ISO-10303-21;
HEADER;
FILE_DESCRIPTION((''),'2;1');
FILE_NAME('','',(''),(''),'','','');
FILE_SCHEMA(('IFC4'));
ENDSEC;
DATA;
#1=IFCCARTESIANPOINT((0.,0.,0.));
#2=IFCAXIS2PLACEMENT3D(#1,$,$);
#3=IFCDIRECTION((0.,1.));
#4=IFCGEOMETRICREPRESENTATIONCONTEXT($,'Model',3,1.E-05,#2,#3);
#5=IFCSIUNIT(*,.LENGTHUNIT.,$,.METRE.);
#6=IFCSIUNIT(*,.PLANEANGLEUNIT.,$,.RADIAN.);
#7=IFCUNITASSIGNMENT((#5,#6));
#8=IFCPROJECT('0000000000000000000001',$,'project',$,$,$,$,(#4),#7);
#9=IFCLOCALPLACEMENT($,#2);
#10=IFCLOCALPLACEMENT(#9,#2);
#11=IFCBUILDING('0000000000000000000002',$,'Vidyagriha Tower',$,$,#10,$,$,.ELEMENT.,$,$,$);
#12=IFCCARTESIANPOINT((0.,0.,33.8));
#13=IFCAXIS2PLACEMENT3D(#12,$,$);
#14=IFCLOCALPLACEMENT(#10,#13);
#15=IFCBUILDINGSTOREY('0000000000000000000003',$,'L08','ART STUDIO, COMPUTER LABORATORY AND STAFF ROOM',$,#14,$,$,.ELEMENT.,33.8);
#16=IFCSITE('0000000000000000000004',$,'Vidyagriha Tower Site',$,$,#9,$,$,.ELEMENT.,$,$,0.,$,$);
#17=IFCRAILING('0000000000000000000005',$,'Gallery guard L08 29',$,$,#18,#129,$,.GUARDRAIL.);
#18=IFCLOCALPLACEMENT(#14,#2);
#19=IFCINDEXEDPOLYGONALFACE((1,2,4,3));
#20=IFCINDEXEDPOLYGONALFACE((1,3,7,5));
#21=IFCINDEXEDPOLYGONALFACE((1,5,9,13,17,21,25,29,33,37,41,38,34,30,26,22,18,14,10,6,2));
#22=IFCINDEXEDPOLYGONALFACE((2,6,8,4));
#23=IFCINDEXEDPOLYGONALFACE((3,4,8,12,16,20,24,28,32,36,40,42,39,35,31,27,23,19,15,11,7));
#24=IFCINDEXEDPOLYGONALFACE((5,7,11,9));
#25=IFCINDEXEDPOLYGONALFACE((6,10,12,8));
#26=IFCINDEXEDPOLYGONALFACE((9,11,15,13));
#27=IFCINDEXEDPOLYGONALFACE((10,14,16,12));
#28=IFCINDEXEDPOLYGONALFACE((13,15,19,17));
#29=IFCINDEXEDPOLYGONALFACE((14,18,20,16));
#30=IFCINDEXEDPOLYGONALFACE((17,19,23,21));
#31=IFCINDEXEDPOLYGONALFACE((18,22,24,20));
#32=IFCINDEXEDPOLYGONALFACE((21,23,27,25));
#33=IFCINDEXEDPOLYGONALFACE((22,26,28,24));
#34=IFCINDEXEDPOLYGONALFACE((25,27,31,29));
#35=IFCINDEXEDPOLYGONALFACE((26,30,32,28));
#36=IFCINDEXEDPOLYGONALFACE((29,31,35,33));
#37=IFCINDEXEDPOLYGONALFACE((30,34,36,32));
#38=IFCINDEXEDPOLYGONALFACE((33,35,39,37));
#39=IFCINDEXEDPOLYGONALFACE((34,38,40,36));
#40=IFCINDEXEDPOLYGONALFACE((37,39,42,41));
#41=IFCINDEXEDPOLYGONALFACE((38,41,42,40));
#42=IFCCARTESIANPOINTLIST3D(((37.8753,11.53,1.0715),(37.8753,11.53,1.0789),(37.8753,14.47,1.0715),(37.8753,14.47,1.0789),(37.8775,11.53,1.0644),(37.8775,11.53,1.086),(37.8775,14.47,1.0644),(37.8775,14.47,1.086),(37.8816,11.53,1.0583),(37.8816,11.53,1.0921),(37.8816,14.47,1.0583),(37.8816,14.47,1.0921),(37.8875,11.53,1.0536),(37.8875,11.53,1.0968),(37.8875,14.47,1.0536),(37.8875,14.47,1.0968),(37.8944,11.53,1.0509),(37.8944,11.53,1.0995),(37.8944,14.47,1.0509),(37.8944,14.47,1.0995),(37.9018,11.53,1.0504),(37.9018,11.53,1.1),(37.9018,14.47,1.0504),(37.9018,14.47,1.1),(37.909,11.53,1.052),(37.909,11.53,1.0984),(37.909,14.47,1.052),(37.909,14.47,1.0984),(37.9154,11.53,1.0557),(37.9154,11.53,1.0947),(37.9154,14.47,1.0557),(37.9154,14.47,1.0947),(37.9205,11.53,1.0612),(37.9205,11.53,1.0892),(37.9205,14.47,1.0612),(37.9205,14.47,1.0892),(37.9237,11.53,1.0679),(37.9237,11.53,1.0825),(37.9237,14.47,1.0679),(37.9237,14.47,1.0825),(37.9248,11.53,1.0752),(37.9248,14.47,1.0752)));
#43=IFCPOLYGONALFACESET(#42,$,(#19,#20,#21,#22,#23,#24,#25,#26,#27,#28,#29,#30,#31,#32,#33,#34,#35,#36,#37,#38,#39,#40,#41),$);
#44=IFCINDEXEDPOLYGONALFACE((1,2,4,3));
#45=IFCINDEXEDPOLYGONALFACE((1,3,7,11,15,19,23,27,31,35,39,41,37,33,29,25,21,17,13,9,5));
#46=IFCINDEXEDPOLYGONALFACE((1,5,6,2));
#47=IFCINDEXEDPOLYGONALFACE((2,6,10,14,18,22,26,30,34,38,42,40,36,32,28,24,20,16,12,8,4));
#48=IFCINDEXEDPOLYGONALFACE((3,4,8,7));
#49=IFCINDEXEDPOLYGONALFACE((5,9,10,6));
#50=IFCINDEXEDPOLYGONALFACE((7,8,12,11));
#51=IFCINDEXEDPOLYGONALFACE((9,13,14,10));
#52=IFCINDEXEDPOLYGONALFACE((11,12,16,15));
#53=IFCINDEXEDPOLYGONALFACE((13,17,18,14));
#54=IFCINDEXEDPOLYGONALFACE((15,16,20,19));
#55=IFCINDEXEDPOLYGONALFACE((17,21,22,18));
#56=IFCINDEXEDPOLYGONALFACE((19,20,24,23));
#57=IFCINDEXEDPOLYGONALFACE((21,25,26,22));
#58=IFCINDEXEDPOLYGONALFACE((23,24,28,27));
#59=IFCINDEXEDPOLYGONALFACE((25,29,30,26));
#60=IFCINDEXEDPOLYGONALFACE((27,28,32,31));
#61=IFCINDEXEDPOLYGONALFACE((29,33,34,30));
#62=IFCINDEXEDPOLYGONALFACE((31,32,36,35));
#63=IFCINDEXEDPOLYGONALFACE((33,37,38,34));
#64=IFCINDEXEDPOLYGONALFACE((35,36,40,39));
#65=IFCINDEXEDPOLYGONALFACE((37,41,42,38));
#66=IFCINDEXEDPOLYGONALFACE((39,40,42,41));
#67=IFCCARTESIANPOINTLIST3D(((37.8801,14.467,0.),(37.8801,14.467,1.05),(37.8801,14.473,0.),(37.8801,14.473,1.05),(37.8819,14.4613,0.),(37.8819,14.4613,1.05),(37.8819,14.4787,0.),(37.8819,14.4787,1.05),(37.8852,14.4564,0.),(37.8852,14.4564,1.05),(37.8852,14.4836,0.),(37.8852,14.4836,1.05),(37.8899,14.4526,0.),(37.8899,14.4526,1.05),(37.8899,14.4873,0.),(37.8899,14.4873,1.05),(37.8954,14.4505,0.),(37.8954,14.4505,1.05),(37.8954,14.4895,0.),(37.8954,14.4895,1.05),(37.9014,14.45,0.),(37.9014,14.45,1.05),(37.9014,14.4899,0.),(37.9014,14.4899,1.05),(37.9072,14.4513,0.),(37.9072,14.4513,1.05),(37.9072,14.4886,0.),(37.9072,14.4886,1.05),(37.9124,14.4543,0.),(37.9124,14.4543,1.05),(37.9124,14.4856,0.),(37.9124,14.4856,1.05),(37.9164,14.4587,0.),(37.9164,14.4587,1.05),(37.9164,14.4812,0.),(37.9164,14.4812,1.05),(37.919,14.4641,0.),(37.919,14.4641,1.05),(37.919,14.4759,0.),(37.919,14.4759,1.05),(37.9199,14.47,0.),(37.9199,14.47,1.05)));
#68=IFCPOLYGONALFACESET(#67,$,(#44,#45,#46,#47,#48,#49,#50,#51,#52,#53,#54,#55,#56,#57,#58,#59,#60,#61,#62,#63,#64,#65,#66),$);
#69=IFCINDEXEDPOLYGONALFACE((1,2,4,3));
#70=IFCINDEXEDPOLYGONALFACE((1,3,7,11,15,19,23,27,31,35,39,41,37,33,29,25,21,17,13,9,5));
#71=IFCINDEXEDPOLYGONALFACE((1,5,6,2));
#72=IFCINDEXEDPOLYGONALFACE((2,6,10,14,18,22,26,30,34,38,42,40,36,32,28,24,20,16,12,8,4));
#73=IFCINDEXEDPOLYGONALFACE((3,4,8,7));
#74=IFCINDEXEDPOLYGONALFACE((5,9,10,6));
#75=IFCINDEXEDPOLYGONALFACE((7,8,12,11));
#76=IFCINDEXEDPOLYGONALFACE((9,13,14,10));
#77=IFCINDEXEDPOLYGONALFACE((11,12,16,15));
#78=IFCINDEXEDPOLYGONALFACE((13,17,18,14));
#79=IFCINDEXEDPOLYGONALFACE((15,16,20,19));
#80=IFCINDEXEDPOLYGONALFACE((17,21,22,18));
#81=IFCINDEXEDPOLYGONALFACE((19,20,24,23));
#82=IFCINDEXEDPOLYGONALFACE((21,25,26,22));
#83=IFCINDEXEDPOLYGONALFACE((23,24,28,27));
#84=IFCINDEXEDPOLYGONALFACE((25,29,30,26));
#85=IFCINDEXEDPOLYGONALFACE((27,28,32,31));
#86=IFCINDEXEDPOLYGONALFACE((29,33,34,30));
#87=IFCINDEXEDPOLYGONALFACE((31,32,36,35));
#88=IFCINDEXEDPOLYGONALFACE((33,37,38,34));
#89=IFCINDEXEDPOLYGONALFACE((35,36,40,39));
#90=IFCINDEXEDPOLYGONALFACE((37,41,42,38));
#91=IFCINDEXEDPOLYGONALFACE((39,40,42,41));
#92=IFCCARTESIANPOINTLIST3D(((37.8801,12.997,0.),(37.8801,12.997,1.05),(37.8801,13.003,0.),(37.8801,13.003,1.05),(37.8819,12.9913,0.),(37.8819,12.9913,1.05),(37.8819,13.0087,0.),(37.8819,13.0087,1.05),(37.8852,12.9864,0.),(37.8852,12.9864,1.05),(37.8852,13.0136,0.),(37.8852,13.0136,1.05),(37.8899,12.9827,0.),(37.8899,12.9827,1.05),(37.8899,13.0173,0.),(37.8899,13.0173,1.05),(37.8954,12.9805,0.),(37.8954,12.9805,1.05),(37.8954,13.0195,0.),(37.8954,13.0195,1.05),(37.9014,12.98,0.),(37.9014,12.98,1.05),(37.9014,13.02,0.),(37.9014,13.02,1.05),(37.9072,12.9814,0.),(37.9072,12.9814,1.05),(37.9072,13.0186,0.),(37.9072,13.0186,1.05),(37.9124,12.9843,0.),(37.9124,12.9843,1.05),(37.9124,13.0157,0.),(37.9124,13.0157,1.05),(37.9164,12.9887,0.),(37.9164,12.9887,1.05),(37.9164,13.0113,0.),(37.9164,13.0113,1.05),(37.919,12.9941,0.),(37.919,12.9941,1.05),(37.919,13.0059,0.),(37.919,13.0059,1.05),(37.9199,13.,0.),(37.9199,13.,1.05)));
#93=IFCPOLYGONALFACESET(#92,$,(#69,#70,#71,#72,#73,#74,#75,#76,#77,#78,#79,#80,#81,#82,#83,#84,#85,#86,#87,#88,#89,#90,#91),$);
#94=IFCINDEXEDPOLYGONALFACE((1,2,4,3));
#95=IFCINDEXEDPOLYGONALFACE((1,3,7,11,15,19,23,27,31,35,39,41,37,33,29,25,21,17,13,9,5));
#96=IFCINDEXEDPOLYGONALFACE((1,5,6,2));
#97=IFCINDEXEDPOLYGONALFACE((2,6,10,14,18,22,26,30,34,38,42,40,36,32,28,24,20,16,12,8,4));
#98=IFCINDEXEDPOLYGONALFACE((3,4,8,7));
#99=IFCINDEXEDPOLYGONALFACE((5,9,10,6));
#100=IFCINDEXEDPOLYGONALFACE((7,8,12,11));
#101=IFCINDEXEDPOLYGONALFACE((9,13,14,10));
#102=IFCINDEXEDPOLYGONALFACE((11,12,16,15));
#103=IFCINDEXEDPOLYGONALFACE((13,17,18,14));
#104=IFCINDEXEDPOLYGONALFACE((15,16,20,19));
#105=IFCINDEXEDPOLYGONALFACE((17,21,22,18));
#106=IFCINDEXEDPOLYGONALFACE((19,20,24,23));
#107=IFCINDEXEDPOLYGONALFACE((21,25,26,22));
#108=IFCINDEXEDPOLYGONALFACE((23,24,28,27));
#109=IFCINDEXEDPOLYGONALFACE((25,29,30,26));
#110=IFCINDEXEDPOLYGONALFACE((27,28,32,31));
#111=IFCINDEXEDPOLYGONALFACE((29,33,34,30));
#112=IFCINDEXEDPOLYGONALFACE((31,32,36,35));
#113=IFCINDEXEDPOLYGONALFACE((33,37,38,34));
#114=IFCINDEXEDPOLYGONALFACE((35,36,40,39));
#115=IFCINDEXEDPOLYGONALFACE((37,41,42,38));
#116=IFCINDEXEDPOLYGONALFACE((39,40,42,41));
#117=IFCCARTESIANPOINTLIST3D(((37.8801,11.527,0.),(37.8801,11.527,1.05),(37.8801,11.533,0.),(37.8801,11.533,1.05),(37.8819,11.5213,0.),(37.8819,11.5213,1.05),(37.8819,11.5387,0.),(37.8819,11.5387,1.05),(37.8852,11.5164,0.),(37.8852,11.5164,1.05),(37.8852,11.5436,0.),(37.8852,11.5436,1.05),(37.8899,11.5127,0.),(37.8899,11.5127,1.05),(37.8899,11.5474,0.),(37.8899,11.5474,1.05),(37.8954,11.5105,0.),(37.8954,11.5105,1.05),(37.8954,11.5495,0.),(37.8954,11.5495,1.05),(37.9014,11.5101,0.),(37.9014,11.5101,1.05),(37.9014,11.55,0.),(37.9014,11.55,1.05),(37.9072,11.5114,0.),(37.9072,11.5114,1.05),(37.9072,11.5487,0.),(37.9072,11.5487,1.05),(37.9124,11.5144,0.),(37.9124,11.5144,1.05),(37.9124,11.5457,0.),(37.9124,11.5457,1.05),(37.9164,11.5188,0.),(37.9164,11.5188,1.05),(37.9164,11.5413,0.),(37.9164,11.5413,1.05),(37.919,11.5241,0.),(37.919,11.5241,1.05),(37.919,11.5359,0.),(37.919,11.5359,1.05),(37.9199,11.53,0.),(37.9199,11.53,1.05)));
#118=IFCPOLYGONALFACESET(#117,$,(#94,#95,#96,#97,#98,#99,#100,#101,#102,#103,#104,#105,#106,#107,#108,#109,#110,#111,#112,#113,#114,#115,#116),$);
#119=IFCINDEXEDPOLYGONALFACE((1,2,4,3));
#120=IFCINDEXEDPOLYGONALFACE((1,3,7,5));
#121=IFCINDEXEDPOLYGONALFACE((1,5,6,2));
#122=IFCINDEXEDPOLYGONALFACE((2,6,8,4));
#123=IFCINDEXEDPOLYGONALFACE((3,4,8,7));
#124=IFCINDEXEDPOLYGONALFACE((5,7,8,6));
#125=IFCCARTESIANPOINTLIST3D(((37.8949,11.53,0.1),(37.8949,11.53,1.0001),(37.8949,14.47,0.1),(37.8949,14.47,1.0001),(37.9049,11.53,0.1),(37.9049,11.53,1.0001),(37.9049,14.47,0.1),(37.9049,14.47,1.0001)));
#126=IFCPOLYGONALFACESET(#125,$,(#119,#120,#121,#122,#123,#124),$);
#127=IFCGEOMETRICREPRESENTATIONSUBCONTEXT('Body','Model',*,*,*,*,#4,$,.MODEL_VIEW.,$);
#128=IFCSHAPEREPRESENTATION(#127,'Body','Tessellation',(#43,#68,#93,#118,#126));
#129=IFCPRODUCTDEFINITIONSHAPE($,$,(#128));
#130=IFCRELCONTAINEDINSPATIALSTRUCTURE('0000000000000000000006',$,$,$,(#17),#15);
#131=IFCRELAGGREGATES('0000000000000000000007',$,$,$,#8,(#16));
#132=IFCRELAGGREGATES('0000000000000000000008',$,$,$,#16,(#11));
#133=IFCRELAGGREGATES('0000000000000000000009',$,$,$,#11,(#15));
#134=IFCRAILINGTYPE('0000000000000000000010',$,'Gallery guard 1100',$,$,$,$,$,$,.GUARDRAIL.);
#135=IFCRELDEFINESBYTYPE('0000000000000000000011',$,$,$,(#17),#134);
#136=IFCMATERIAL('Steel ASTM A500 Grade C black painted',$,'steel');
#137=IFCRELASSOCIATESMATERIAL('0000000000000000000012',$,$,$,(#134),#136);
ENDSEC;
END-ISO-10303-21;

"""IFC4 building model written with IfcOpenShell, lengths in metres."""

from ifc_helpers import new_model, si_unit, direction, frame, origin, origin_2d, place, context, subcontext, project, spatial, rectangle, circle, extrude, material, type_object, element, save


model = new_model("IFC4")

# Units and contexts
model_context = context("Model", 3, precision=1e-05, world=origin(), true_north=direction((0.0, 1.0)))
body_context = subcontext(model_context, "Body", "Model", "MODEL_VIEW")
ifc_project = project(units=[si_unit("LENGTHUNIT", "METRE"), si_unit("PLANEANGLEUNIT", "RADIAN")], contexts=[model_context])

# Site, building, storey
site_placement = place(None, origin())
site = spatial("IfcSite", under=ifc_project, at=site_placement, Name="Vidyagriha Tower Site", CompositionType="ELEMENT", RefElevation=0.0)
building_placement = place(site_placement, origin())
building = spatial("IfcBuilding", under=site, at=building_placement, Name="Vidyagriha Tower", CompositionType="ELEMENT")
storey_placement = place(building_placement, frame((0.0, 0.0, 33.8)))
storey = spatial("IfcBuildingStorey", under=building, at=storey_placement, Name="L08", Description="ART STUDIO, COMPUTER LABORATORY AND STAFF ROOM", CompositionType="ELEMENT", Elevation=33.8)

# Railing
ifc_material_1 = material(Name="Steel ASTM A500 Grade C black painted", Category="steel")
railing_type = type_object("IfcRailingType", Name="Gallery guard 1100", PredefinedType="GUARDRAIL", material=ifc_material_1)
railing_1_placement = place(storey_placement, frame((37.8999, 14.47, 0.0)))
element("IfcRailing", 1, at=railing_1_placement, inside=storey, type_object=railing_type, Name="Gallery guard L08 29", PredefinedType="GUARDRAIL", context=body_context, shape_type="SweptSolid", body=[
    extrude(circle(Radius=0.0249, at=origin_2d()), frame((0.0, 0.0, 1.0752), z_axis=(0.0, -1.0, 0.0), x_axis=(1.0, 0.0, 0.0)), (0.0, 0.0, 1.0), 2.9399),
    extrude(circle(Radius=0.02, at=origin_2d()), origin(), (0.0, 0.0, 1.0), 1.05),
    extrude(circle(Radius=0.02, at=origin_2d()), frame((0.0, -1.47, 0.0)), (0.0, 0.0, 1.0), 1.05),
    extrude(circle(Radius=0.02, at=origin_2d()), frame((0.0, -2.9399, 0.0)), (0.0, 0.0, 1.0), 1.05),
    extrude(rectangle(XDim=0.01, YDim=0.9001, at=origin_2d()), frame((0.0, 0.0, 0.55), z_axis=(0.0, -1.0, 0.0), x_axis=(1.0, 0.0, 0.0)), (0.0, 0.0, 1.0), 2.9399),
])

save(model, "model.ifc")
